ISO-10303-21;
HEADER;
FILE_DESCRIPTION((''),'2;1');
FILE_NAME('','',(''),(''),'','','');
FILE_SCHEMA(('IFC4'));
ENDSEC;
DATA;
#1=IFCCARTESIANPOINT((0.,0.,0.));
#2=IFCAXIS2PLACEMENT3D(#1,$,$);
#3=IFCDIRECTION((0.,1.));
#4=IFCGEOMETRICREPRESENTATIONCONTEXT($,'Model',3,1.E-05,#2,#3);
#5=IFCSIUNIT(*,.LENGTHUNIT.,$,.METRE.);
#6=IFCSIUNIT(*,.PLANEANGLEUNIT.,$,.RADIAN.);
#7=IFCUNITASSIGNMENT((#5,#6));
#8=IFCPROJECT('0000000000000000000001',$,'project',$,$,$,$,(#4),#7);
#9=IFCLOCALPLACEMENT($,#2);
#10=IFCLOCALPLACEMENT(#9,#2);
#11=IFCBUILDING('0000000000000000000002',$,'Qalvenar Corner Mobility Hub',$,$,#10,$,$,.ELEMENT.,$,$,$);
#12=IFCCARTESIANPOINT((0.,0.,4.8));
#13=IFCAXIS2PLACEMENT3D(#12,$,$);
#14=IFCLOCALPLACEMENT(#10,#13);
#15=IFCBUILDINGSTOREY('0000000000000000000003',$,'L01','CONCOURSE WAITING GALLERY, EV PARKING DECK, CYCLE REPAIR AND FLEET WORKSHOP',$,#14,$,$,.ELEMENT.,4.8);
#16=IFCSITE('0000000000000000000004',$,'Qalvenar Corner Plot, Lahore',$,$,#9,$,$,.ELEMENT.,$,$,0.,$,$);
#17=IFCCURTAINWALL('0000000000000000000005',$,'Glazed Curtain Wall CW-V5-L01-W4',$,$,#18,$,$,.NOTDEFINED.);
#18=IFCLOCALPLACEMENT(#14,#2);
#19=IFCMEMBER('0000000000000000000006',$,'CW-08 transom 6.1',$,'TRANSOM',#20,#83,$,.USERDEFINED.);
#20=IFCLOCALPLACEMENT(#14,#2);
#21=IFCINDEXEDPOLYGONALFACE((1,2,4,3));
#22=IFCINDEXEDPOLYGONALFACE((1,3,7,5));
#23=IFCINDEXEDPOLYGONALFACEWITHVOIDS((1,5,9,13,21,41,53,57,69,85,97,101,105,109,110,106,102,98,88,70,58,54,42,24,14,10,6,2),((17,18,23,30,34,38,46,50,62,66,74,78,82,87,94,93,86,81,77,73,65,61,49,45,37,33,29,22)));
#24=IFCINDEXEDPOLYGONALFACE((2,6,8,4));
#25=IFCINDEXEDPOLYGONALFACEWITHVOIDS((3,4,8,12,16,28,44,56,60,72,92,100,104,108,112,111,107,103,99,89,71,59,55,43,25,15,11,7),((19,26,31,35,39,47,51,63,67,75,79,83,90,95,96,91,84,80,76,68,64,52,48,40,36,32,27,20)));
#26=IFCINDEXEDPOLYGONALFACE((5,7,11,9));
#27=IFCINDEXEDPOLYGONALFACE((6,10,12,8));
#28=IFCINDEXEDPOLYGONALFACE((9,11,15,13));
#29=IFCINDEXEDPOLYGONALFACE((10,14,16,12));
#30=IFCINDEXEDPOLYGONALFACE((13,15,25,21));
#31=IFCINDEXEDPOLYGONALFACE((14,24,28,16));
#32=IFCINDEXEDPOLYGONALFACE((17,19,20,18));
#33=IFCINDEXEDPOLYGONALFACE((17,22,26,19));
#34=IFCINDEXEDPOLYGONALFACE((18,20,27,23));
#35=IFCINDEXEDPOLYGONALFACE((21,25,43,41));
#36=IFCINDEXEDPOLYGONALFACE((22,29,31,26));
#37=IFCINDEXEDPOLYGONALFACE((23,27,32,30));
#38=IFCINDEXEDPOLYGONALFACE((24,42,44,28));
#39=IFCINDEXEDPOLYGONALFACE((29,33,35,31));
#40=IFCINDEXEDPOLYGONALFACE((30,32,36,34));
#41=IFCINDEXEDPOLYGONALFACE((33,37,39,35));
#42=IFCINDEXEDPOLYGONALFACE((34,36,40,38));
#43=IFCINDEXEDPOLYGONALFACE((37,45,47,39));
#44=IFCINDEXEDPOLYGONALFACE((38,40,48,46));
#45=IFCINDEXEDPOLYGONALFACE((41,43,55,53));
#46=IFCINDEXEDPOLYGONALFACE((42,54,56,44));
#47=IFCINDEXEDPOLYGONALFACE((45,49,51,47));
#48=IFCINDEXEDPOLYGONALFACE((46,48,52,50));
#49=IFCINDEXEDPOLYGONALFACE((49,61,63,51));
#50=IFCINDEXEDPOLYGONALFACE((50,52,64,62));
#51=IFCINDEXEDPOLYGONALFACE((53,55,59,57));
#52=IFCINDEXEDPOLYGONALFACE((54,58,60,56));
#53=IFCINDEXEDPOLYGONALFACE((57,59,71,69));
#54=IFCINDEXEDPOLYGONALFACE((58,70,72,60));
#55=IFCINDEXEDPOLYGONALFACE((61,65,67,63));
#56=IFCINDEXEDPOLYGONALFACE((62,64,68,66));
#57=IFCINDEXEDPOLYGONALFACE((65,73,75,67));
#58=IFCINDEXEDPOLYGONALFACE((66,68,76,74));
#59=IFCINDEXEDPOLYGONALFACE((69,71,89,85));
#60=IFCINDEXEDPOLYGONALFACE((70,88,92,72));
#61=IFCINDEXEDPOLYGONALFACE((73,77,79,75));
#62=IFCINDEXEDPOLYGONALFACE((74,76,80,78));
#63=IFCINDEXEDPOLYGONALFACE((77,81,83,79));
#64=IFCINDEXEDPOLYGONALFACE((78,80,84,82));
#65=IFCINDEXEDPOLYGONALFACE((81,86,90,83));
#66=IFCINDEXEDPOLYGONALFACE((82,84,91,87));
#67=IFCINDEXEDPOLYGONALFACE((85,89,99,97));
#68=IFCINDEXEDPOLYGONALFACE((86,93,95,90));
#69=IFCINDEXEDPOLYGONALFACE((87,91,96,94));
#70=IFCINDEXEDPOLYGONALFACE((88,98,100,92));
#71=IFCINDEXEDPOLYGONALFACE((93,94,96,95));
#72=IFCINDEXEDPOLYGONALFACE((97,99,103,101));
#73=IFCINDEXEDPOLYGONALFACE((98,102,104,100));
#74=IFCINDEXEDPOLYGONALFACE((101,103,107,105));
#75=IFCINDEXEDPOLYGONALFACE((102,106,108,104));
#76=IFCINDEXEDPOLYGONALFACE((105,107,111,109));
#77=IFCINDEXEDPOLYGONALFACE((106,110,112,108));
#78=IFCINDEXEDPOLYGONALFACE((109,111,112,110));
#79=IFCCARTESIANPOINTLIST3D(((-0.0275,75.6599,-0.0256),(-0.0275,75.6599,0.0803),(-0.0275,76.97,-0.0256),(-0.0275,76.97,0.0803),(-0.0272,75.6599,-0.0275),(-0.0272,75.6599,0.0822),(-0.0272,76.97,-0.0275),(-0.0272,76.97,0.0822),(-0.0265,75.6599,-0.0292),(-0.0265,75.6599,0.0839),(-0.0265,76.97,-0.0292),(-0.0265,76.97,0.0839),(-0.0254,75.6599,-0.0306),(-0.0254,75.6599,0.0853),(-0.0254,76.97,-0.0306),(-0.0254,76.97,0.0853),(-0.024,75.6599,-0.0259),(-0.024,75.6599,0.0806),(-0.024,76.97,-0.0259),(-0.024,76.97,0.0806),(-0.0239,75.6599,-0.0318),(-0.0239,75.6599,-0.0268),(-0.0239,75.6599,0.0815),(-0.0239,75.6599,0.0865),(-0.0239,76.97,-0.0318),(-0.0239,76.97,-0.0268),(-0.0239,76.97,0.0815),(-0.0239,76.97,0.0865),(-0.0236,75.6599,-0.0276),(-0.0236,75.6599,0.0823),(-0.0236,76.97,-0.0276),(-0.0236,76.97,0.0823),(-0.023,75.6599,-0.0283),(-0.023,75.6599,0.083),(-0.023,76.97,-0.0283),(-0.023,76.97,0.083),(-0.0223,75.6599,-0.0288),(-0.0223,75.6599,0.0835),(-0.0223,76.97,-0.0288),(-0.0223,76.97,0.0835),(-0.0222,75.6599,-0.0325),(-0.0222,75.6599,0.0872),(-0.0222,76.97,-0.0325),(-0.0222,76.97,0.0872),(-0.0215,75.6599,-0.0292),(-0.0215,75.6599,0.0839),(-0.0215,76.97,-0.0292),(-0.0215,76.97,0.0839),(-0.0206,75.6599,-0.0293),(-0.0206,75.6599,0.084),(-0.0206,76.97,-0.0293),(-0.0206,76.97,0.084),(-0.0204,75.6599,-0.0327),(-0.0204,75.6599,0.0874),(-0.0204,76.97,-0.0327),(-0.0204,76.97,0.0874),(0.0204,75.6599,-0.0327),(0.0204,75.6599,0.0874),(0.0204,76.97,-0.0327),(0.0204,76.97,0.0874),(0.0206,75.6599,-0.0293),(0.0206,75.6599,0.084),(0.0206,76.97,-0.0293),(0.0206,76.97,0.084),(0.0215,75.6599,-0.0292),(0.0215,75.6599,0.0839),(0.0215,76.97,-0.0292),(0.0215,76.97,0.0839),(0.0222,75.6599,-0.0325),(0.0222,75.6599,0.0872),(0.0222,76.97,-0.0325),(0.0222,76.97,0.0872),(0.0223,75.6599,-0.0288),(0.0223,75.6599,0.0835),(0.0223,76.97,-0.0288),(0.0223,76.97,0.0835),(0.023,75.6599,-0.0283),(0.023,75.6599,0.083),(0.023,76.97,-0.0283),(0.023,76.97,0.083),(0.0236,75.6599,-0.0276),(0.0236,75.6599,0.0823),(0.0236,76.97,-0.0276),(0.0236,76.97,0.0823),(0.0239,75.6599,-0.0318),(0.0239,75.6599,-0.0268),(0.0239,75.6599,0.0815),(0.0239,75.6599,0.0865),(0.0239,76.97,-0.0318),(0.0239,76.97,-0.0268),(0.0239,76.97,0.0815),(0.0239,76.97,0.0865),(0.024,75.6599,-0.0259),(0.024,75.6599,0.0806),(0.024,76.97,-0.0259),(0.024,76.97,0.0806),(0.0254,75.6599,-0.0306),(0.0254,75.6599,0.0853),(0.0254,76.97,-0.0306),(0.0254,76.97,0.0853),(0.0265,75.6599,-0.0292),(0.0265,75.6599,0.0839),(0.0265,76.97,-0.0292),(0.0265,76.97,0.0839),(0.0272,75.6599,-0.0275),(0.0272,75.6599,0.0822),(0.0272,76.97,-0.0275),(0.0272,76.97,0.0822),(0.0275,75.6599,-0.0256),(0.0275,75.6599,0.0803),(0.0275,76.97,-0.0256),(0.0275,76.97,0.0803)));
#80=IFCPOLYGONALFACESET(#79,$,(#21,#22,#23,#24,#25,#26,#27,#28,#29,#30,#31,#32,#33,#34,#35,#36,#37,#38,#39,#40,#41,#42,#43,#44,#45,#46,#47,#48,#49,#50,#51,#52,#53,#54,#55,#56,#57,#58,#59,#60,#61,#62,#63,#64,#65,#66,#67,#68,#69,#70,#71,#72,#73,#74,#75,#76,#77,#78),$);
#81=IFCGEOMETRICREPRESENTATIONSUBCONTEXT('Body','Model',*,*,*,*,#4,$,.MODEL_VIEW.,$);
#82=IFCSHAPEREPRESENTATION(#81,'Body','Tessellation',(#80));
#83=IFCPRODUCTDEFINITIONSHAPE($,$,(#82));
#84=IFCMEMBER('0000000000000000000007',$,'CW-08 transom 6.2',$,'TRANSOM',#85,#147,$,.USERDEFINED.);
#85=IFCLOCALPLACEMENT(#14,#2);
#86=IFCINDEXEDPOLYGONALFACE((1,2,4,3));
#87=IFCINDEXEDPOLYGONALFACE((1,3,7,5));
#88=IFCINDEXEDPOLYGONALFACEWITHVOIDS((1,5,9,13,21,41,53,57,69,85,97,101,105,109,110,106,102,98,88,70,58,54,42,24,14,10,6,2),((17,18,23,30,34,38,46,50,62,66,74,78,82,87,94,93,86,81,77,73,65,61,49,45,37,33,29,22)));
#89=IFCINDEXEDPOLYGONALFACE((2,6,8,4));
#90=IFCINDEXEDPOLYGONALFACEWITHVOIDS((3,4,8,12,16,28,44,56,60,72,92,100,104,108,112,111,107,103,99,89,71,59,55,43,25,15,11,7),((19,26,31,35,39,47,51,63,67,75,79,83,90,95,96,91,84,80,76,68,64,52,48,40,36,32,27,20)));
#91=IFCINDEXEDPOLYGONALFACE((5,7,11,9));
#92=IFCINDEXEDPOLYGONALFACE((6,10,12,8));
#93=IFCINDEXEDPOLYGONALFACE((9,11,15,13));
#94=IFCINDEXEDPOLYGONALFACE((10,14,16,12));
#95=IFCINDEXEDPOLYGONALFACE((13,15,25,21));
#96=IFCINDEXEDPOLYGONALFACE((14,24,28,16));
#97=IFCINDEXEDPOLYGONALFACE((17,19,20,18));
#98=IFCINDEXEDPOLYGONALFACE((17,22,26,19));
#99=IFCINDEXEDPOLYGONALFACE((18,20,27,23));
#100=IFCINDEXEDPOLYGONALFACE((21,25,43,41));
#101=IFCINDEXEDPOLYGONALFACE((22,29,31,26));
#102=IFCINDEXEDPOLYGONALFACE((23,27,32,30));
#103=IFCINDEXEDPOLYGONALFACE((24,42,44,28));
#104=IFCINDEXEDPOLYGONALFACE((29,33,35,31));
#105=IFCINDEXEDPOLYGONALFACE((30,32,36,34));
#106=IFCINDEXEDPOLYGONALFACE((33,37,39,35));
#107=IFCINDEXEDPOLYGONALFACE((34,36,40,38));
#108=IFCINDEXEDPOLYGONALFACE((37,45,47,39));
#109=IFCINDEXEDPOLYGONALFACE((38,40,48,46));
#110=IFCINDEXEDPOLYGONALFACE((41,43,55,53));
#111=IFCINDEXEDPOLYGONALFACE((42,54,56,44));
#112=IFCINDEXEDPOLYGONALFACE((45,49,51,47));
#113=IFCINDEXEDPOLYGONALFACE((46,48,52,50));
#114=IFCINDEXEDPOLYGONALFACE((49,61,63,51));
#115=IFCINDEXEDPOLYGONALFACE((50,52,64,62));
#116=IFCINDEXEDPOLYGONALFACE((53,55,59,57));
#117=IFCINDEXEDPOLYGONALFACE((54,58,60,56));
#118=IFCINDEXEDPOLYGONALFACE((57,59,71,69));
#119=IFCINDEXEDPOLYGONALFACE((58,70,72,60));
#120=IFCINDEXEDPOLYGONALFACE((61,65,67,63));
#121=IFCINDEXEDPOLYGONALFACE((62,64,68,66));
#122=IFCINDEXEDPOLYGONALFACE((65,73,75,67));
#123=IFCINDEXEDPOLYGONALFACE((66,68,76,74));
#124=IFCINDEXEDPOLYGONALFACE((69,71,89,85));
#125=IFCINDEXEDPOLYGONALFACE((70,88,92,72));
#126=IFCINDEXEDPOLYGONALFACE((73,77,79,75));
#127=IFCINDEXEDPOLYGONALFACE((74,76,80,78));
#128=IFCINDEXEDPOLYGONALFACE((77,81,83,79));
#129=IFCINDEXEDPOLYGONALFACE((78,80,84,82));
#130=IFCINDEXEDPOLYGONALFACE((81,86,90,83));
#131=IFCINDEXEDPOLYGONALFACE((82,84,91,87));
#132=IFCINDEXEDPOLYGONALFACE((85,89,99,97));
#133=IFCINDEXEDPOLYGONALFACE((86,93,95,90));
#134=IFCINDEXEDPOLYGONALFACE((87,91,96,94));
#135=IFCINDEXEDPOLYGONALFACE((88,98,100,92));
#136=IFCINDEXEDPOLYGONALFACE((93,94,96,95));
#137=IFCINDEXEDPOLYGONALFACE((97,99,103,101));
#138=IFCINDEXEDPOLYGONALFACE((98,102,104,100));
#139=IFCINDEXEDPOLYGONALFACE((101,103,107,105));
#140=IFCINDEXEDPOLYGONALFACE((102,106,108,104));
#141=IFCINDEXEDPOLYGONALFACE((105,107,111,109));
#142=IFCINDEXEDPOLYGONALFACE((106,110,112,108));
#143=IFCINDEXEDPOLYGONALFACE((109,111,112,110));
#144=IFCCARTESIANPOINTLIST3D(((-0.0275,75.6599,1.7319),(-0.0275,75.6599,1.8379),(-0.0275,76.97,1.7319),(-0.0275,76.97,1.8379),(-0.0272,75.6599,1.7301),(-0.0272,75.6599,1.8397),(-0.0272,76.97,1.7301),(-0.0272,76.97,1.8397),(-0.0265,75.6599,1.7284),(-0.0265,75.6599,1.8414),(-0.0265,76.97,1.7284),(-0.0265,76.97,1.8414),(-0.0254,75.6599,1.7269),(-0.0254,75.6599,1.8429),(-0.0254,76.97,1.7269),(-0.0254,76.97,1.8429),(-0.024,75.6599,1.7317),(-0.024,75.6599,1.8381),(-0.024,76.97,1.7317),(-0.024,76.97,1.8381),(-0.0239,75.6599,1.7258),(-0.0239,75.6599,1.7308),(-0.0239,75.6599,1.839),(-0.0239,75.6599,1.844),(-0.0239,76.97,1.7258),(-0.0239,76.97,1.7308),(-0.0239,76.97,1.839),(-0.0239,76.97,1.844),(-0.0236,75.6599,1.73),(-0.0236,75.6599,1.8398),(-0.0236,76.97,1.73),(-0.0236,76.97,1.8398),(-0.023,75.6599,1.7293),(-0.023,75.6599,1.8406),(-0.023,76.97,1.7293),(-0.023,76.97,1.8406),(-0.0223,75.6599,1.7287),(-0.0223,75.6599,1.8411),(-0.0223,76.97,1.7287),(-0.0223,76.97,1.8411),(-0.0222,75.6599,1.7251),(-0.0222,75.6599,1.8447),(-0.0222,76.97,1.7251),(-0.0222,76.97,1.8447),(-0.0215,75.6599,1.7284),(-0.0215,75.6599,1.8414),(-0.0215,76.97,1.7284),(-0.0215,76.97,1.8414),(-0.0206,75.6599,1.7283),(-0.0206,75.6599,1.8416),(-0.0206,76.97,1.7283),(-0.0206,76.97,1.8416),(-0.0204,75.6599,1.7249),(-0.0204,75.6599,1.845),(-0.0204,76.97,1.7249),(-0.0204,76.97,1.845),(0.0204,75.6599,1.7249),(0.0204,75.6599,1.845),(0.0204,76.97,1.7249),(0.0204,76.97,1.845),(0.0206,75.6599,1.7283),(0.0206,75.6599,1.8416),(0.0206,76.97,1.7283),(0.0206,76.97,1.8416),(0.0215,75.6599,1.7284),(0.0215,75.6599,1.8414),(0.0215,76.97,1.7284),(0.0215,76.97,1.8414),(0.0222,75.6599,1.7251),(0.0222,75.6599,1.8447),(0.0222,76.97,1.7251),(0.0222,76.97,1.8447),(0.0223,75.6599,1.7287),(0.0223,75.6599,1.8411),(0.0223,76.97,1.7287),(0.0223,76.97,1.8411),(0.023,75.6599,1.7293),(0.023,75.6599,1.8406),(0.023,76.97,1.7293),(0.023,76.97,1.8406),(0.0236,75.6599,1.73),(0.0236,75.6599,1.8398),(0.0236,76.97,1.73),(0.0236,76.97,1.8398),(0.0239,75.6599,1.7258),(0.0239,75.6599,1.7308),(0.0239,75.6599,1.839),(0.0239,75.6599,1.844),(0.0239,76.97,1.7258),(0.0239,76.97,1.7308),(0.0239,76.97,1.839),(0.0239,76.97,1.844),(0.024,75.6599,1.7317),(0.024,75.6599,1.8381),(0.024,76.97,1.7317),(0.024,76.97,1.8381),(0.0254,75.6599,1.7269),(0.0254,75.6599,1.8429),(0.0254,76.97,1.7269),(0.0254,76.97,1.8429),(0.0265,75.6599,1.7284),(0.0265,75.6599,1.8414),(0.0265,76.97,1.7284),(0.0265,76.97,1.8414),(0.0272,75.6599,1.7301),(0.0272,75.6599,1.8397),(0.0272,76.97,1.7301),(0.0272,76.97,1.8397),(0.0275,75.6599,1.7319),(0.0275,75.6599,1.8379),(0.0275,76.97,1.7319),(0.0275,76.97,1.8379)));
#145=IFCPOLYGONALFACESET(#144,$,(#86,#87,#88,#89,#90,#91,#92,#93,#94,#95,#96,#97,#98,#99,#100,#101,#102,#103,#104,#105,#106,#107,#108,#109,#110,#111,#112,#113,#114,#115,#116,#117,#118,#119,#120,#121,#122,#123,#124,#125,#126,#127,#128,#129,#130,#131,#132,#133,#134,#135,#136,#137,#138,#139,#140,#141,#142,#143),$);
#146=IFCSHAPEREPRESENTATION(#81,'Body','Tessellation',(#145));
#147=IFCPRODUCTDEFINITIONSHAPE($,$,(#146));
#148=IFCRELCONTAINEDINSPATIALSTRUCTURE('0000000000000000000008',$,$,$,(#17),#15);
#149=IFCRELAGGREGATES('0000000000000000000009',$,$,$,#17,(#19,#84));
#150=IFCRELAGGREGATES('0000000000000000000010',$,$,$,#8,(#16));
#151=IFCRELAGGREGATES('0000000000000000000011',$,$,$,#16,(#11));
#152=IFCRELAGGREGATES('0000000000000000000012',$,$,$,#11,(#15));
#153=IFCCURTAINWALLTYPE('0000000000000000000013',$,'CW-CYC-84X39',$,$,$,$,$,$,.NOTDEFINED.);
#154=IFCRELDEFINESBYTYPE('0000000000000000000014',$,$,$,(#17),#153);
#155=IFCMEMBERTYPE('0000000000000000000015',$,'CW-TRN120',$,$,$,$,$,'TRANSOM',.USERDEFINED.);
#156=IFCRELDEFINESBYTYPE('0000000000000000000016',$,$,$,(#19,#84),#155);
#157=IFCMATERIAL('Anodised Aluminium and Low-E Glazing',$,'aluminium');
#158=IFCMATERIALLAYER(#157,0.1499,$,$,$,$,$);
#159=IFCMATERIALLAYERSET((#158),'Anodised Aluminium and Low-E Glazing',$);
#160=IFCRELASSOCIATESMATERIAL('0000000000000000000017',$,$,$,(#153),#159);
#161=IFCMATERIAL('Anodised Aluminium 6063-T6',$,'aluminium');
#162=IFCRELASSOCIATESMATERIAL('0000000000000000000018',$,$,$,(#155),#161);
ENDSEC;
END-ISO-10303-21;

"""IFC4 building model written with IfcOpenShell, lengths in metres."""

from ifc_helpers import new_model, si_unit, direction, frame, origin, origin_2d, place, context, subcontext, project, spatial, hollow_rectangle, extrude, material, layer, layer_set, material_profile, profile_set, type_object, element, aggregate, save


model = new_model("IFC4")

# Units and contexts
model_context = context("Model", 3, precision=1e-05, world=origin(), true_north=direction((0.0, 1.0)))
body_context = subcontext(model_context, "Body", "Model", "MODEL_VIEW")
ifc_project = project(units=[si_unit("LENGTHUNIT", "METRE"), si_unit("PLANEANGLEUNIT", "RADIAN")], contexts=[model_context])

# Site, building, storey
site_placement = place(None, origin())
site = spatial("IfcSite", under=ifc_project, at=site_placement, Name="Qalvenar Corner Plot, Lahore", CompositionType="ELEMENT", RefElevation=0.0)
building_placement = place(site_placement, origin())
building = spatial("IfcBuilding", under=site, at=building_placement, Name="Qalvenar Corner Mobility Hub", CompositionType="ELEMENT")
storey_placement = place(building_placement, frame((0.0, 0.0, 4.8)))
storey = spatial("IfcBuildingStorey", under=building, at=storey_placement, Name="L01", Description="CONCOURSE WAITING GALLERY, EV PARKING DECK, CYCLE REPAIR AND FLEET WORKSHOP", CompositionType="ELEMENT", Elevation=4.8)

# Curtain wall, members
ifc_material_1 = material(Name="Anodised Aluminium and Low-E Glazing", Category="aluminium")
ifc_layer_1 = layer(ifc_material_1, 0.1499)
ifc_layer_set_1 = layer_set([ifc_layer_1], Name="Anodised Aluminium and Low-E Glazing")
curtain_wall_type = type_object("IfcCurtainWallType", Name="CW-CYC-84X39", PredefinedType="NOTDEFINED", material=ifc_layer_set_1)
curtain_wall_placement = place(storey_placement, origin())
curtain_wall = element("IfcCurtainWall", 1, at=curtain_wall_placement, inside=storey, type_object=curtain_wall_type, Name="Glazed Curtain Wall CW-V5-L01-W4", PredefinedType="NOTDEFINED")
ifc_material_2 = material(Name="Anodised Aluminium 6063-T6", Category="aluminium")
ifc_material_profile_1 = material_profile(ifc_material_2, hollow_rectangle(XDim=0.0549, YDim=0.1201, WallThickness=0.0034, InnerFilletRadius=0.0034, OuterFilletRadius=0.0071, at=origin_2d()), Name="RHS120x55x3.5")
ifc_profile_set_1 = profile_set([ifc_material_profile_1], Name="Anodised Aluminium 6063-T6")
member_type_1 = type_object("IfcMemberType", Name="CW-TRN120", ElementType="TRANSOM", PredefinedType="USERDEFINED", material=ifc_profile_set_1)
member_1_placement = place(storey_placement, frame((0.0, 76.97, 0.0273), z_axis=(0.0, -1.0, 0.0), x_axis=(1.0, 0.0, 0.0)))
member_1 = element("IfcMember", 2, at=member_1_placement, type_object=member_type_1, Name="CW-08 transom 6.1", ObjectType="TRANSOM", PredefinedType="USERDEFINED", context=body_context, shape_type="SweptSolid", body=[
    extrude(hollow_rectangle(XDim=0.0549, YDim=0.1201, WallThickness=0.0034, InnerFilletRadius=0.0034, OuterFilletRadius=0.0071, at=origin_2d()), origin(), (0.0, 0.0, 1.0), 1.3101),
])
member_2_placement = place(storey_placement, frame((0.0, 76.97, 1.7849), z_axis=(0.0, -1.0, 0.0), x_axis=(1.0, 0.0, 0.0)))
member_2 = element("IfcMember", 3, at=member_2_placement, type_object=member_type_1, Name="CW-08 transom 6.2", ObjectType="TRANSOM", PredefinedType="USERDEFINED", context=body_context, shape_type="SweptSolid", body=[
    extrude(hollow_rectangle(XDim=0.0549, YDim=0.1201, WallThickness=0.0034, InnerFilletRadius=0.0034, OuterFilletRadius=0.0071, at=origin_2d()), origin(), (0.0, 0.0, 1.0), 1.3101),
])
aggregate(curtain_wall, [member_1, member_2])

save(model, "model.ifc")
